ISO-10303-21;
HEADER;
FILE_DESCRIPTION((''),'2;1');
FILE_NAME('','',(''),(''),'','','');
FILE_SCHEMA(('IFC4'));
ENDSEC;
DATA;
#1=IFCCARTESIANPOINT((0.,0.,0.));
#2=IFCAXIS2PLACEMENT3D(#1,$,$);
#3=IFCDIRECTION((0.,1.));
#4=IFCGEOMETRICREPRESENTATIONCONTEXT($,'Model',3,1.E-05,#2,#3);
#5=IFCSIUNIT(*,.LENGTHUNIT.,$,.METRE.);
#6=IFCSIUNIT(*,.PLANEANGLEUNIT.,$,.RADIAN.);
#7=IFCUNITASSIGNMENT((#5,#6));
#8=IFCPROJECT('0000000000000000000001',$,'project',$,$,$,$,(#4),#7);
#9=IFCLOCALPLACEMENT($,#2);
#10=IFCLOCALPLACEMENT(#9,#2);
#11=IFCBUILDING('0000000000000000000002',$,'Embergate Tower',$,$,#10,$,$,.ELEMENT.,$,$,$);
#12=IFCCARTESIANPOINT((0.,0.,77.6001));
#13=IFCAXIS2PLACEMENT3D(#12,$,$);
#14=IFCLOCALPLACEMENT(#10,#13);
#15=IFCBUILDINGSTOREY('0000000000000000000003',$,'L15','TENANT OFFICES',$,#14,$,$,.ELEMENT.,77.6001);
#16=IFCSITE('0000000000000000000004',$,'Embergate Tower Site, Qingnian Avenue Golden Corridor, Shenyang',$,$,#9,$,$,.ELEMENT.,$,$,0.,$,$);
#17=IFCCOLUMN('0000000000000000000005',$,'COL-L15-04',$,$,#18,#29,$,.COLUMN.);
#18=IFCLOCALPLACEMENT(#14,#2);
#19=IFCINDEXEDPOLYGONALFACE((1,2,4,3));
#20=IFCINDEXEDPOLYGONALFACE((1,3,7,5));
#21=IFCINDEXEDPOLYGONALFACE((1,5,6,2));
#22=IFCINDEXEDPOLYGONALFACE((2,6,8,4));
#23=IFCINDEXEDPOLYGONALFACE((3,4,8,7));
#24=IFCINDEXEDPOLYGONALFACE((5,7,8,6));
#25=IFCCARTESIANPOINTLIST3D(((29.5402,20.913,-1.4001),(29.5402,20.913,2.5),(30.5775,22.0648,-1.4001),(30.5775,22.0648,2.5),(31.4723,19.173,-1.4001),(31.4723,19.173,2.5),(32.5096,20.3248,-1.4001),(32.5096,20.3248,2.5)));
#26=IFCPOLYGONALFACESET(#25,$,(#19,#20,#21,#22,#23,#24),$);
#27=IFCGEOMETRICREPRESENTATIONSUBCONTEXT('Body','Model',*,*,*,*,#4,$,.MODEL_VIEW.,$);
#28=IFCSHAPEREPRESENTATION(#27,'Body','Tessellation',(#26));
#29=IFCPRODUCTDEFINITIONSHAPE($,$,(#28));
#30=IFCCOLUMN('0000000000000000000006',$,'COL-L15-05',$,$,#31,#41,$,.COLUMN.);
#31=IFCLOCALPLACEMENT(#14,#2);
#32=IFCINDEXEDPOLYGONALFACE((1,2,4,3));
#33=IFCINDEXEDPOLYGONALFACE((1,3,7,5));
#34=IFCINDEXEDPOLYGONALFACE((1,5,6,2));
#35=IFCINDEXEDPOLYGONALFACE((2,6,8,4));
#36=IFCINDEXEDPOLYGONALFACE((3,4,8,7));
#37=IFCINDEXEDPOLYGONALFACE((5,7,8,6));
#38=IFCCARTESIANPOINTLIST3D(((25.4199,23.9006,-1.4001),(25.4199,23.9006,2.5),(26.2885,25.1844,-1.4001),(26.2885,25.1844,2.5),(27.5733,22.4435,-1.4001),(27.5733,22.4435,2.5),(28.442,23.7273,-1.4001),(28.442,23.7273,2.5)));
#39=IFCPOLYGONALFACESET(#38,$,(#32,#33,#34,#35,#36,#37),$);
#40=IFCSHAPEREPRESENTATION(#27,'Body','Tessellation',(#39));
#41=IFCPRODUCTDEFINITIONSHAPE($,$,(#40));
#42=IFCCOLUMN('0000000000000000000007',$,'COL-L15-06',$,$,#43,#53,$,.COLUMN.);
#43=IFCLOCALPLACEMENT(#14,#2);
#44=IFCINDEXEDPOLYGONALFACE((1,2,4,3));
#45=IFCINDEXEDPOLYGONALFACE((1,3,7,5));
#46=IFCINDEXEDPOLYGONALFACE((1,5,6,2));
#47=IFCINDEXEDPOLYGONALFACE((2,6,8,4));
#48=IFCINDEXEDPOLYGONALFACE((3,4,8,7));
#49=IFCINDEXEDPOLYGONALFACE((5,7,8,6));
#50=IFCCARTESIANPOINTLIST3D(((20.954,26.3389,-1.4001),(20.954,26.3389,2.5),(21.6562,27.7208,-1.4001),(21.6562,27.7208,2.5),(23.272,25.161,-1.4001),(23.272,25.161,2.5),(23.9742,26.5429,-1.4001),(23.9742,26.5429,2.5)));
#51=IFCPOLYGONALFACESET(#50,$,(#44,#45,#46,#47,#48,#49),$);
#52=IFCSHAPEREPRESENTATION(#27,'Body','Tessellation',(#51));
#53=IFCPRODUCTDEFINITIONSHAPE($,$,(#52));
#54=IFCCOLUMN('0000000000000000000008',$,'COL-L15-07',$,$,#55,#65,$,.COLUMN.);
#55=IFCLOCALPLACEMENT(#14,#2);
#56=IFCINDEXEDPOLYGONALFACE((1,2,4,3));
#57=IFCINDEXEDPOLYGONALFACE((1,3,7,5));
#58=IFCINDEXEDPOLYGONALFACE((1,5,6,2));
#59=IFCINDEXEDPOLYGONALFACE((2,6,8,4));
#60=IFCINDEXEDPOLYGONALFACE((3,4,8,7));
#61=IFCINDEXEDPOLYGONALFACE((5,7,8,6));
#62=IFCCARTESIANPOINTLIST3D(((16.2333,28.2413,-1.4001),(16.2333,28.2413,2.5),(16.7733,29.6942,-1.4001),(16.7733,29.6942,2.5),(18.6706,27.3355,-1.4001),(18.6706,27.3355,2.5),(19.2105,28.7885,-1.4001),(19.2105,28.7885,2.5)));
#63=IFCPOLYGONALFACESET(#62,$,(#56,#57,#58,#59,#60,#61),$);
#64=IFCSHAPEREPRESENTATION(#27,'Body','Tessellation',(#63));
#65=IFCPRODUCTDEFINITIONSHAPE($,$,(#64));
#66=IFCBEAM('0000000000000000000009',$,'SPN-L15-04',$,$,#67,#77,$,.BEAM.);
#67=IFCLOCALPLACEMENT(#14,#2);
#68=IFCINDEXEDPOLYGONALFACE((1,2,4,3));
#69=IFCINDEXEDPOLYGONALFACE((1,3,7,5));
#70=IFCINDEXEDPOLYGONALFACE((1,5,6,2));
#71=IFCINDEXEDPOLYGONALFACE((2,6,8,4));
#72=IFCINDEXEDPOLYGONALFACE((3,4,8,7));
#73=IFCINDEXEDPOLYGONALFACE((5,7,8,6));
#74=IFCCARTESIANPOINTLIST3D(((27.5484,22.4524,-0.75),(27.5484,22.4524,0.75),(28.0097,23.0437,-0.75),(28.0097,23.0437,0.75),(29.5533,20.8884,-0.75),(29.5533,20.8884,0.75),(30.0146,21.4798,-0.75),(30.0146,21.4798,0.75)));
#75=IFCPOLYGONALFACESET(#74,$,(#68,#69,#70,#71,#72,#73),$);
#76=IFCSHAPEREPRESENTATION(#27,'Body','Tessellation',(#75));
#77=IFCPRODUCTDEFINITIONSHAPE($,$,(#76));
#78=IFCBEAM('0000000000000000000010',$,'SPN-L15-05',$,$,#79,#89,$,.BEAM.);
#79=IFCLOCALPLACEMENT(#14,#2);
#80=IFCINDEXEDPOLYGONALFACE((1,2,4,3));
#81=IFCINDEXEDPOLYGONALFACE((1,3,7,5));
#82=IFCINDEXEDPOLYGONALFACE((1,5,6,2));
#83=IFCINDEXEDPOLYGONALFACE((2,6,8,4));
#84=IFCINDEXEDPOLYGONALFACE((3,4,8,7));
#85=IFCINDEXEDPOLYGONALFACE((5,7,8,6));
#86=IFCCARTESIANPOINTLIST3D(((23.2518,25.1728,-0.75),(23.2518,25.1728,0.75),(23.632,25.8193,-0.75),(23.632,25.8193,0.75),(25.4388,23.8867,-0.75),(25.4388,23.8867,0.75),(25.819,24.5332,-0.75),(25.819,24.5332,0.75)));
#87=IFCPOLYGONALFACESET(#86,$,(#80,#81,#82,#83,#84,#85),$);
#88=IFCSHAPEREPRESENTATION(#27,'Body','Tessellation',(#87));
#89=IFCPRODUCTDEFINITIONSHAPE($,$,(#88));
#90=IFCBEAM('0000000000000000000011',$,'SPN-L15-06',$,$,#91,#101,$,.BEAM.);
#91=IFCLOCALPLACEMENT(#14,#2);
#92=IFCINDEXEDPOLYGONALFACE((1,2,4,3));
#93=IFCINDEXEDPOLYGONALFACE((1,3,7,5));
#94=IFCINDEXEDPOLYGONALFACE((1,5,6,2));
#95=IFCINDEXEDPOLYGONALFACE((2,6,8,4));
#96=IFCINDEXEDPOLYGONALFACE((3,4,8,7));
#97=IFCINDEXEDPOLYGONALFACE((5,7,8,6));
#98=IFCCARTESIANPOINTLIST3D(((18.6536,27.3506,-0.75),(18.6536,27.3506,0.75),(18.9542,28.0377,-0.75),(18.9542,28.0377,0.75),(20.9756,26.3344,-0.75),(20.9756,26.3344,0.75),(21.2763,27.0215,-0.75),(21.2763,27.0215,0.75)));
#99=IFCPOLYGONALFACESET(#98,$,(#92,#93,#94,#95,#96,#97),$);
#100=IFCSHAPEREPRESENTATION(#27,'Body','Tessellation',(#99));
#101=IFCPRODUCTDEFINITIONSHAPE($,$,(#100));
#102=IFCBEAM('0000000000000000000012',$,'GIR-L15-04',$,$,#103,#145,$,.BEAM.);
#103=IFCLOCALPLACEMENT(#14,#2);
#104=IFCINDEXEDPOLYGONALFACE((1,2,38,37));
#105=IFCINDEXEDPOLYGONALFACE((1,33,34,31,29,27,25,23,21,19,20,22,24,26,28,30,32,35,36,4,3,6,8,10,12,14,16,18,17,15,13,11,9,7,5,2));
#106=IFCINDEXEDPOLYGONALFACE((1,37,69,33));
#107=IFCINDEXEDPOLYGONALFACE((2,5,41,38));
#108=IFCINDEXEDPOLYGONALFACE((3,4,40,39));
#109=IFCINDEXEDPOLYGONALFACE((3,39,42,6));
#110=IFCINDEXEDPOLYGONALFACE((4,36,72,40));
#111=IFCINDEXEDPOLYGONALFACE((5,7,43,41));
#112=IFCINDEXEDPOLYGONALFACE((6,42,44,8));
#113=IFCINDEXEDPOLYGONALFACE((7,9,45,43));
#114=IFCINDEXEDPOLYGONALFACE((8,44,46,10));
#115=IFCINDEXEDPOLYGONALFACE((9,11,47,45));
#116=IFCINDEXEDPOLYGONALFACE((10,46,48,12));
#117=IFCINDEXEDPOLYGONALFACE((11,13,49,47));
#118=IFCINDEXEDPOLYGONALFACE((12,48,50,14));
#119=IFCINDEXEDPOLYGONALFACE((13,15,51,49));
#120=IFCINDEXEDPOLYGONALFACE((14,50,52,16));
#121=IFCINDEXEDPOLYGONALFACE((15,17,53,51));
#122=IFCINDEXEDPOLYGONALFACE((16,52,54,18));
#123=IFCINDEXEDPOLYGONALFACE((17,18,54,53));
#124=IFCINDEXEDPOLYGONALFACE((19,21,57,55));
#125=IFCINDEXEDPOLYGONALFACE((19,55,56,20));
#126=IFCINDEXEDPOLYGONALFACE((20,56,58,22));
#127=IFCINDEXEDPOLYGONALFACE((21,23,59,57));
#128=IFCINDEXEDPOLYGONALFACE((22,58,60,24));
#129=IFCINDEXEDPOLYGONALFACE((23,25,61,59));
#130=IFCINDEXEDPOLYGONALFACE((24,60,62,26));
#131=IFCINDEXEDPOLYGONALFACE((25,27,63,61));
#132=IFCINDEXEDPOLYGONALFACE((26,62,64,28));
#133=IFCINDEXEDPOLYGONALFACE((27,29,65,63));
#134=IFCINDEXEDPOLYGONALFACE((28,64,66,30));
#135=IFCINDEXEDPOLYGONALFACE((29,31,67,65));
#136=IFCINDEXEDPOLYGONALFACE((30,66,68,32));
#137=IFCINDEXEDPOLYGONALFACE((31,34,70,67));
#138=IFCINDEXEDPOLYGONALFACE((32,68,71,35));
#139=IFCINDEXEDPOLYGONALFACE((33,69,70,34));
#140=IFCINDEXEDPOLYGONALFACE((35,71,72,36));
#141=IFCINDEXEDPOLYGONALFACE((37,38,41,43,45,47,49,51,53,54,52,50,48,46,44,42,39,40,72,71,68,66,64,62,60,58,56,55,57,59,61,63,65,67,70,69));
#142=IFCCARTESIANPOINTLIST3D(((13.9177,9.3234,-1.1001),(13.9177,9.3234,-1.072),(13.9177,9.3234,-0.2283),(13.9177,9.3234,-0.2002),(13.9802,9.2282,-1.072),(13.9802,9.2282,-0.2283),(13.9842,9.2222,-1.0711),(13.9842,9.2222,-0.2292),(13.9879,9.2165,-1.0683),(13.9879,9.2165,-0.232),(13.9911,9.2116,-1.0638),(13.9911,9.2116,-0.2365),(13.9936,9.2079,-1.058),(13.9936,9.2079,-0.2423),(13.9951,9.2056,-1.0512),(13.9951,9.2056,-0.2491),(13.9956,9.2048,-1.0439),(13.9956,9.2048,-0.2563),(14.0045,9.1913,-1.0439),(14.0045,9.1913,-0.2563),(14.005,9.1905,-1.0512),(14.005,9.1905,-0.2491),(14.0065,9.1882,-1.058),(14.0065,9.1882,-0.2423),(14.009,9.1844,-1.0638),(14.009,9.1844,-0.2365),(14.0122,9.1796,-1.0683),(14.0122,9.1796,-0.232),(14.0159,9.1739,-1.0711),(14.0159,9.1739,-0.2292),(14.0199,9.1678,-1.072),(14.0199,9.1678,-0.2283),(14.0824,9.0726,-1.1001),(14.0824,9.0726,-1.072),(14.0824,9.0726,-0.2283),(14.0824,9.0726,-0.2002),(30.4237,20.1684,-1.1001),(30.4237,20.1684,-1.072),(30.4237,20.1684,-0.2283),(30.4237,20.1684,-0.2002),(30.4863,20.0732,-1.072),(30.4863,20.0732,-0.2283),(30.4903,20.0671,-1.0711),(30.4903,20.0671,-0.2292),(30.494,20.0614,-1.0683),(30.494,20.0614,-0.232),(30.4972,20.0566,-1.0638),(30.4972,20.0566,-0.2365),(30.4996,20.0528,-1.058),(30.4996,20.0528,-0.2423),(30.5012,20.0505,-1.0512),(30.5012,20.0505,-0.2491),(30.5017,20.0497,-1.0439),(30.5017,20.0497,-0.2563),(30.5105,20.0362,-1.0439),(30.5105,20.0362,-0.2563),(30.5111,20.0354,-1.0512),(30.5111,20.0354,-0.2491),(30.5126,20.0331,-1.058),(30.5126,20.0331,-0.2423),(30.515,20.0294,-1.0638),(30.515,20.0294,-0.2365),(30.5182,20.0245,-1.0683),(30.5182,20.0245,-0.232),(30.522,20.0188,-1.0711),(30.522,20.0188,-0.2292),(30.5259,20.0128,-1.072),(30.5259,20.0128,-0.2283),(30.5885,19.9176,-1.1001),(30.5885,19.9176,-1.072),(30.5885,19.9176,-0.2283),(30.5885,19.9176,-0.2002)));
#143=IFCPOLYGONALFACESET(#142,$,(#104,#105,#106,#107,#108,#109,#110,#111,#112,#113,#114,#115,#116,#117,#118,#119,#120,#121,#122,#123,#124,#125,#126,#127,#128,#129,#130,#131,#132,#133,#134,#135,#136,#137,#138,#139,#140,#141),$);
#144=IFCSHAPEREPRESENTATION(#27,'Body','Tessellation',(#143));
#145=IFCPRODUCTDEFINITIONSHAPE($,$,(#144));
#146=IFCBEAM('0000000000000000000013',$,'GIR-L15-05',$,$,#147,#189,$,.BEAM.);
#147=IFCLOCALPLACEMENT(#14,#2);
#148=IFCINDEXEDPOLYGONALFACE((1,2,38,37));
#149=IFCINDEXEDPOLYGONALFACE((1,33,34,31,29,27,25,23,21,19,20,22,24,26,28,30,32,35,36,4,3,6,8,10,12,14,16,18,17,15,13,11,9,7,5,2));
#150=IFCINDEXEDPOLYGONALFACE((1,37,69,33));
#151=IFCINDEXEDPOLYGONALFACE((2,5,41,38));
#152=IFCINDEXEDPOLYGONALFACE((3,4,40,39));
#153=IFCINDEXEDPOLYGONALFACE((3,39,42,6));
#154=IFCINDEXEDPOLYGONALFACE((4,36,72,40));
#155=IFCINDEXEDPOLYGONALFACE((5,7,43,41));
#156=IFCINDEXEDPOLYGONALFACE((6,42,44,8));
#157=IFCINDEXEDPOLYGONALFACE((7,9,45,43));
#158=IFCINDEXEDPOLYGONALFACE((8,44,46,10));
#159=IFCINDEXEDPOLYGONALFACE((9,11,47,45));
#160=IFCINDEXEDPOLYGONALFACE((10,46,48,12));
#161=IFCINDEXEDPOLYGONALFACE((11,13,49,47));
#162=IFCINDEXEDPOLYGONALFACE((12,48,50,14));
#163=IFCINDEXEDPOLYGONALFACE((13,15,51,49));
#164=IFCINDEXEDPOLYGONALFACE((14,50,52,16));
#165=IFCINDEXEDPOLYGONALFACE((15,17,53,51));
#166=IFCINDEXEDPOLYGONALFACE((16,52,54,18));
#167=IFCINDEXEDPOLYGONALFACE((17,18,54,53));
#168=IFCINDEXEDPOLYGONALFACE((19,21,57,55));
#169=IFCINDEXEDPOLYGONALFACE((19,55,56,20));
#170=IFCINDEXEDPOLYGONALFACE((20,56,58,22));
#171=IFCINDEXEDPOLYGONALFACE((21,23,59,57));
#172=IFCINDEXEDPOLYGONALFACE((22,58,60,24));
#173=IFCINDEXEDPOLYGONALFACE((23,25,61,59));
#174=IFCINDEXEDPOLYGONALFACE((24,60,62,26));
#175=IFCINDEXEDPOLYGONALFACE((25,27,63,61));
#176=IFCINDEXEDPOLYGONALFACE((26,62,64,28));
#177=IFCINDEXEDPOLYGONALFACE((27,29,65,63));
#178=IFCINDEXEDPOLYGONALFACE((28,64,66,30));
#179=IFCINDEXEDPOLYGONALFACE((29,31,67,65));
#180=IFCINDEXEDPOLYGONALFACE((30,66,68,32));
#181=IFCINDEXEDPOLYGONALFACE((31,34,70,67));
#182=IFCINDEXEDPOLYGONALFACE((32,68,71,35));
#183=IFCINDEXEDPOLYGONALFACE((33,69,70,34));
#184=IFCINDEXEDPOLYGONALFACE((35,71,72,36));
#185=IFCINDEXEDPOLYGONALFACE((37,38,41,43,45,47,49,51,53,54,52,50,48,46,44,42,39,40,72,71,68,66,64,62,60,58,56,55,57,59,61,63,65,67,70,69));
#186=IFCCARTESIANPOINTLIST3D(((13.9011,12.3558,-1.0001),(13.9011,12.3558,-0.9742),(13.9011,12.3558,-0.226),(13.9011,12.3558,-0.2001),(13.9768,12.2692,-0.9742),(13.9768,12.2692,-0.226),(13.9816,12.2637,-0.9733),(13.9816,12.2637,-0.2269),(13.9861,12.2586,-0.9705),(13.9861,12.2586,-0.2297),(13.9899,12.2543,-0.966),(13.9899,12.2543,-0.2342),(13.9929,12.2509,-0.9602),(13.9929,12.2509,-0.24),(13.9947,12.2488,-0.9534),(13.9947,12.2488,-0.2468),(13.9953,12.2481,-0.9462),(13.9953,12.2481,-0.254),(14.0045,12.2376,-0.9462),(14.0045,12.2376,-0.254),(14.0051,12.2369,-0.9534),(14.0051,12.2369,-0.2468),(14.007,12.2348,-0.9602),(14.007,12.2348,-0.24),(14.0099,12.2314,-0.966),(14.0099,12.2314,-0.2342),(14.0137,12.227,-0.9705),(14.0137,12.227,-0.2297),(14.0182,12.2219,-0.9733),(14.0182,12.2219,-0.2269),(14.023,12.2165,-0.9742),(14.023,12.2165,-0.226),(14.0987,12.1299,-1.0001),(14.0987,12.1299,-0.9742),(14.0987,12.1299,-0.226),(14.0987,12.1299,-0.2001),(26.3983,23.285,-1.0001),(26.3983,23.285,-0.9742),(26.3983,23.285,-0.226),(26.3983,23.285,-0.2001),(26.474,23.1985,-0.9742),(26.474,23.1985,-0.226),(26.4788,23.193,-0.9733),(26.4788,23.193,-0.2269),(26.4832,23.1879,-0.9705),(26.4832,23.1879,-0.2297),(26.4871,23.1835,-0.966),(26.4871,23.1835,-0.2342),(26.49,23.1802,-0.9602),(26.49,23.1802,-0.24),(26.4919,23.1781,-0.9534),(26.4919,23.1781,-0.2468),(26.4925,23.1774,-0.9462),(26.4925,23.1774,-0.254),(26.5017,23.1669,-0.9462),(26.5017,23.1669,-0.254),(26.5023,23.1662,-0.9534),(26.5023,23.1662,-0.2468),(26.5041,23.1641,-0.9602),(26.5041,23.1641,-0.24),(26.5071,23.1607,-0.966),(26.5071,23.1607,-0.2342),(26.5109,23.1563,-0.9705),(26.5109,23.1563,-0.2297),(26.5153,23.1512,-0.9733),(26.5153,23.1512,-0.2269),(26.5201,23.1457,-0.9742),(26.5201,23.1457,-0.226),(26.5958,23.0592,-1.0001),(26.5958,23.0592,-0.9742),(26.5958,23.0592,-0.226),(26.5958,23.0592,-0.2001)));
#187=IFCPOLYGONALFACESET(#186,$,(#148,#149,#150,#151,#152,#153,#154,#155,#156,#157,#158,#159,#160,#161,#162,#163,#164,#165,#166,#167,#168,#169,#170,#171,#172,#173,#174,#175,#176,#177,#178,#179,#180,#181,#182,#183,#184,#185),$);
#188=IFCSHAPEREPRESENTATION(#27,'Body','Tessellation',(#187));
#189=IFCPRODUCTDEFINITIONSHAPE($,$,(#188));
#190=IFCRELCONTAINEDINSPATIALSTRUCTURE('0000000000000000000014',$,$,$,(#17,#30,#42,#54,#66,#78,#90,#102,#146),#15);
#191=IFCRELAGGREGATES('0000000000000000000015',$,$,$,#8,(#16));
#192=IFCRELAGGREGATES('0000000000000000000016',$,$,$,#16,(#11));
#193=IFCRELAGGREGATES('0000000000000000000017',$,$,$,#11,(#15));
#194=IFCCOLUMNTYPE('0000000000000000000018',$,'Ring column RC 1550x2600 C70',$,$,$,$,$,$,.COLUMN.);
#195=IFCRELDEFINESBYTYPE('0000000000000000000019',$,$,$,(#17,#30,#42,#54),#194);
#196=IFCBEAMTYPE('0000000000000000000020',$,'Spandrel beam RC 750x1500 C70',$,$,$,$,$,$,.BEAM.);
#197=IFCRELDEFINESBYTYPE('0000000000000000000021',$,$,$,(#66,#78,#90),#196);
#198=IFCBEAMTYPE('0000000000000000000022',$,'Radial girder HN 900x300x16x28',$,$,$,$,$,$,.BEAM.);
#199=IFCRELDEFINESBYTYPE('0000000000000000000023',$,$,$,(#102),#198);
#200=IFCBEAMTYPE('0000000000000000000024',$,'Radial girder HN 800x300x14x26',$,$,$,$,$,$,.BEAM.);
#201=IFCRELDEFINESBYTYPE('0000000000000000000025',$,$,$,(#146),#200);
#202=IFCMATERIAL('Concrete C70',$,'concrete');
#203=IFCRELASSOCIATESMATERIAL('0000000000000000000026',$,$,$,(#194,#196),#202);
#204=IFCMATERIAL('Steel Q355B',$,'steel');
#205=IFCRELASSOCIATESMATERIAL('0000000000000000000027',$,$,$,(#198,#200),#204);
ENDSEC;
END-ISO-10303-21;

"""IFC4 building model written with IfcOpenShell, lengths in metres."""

from ifc_helpers import new_model, si_unit, direction, frame, origin, origin_2d, place, context, subcontext, project, spatial, rectangle, i_section, extrude, source, transform, mapped, material, material_profile, profile_set, type_object, element, save


model = new_model("IFC4")

# Units and contexts
model_context = context("Model", 3, precision=1e-05, world=origin(), true_north=direction((0.0, 1.0)))
body_context = subcontext(model_context, "Body", "Model", "MODEL_VIEW")
ifc_project = project(units=[si_unit("LENGTHUNIT", "METRE"), si_unit("PLANEANGLEUNIT", "RADIAN")], contexts=[model_context])

# Site, building, storey
site_placement = place(None, origin())
site = spatial("IfcSite", under=ifc_project, at=site_placement, Name="Embergate Tower Site, Qingnian Avenue Golden Corridor, Shenyang", CompositionType="ELEMENT", RefElevation=0.0)
building_placement = place(site_placement, origin())
building = spatial("IfcBuilding", under=site, at=building_placement, Name="Embergate Tower", CompositionType="ELEMENT")
storey_placement = place(building_placement, frame((0.0, 0.0, 77.6001)))
storey = spatial("IfcBuildingStorey", under=building, at=storey_placement, Name="L15", Description="TENANT OFFICES", CompositionType="ELEMENT", Elevation=77.6001)

# Columns
ifc_material_1 = material(Name="Concrete C70", Category="concrete")
ifc_material_profile_1 = material_profile(ifc_material_1, rectangle(XDim=1.55, YDim=2.6001, at=origin_2d()), Name="RC 1550x2600")
ifc_profile_set_1 = profile_set([ifc_material_profile_1], Name="Concrete C70")
column_type = type_object("IfcColumnType", Name="Ring column RC 1550x2600 C70", PredefinedType="COLUMN", material=ifc_profile_set_1)
shared_shape_1 = source(origin(), body_context, "Body", "SweptSolid", [
    extrude(rectangle(XDim=1.55, YDim=2.6001, at=origin_2d()), origin(), (0.0, 0.0, 1.0), 3.9001),
])
for number, where, z_axis, x_axis, name in (
    (1, (31.0249, 20.6189, -1.4001), (0.0, 0.0, 1.0), (0.669208, 0.743075, 0.0), "COL-L15-04"),
    (2, (26.9309, 23.814, -1.4001), (0.0, 0.0, 1.0), (0.560393, 0.828227, 0.0), "COL-L15-05"),
    (3, (22.4641, 26.4409, -1.4001), (0.0, 0.0, 1.0), (0.453011, 0.891505, 0.0), "COL-L15-06"),
    (4, (17.7219, 28.5149, -1.4001), (0.0, 0.0, 1.0), (0.348343, 0.937367, 0.0), "COL-L15-07"),
):
    element("IfcColumn", number, at=place(storey_placement, frame(where, z_axis=z_axis, x_axis=x_axis)), inside=storey, type_object=column_type, Name=name, PredefinedType="COLUMN", context=body_context, shape_type="MappedRepresentation", body=[
        mapped(shared_shape_1, transform((0.0, 0.0, 0.0))),
    ])

# Beams
ifc_material_profile_2 = material_profile(ifc_material_1, rectangle(XDim=0.75, YDim=1.5, at=origin_2d()), Name="RC 750x1500")
ifc_profile_set_2 = profile_set([ifc_material_profile_2], Name="Concrete C70")
beam_type_1 = type_object("IfcBeamType", Name="Spandrel beam RC 750x1500 C70", PredefinedType="BEAM", material=ifc_profile_set_2)
shared_shape_2 = source(origin(), body_context, "Body", "SweptSolid", [
    extrude(rectangle(XDim=0.75, YDim=1.5, at=origin_2d()), origin(), (0.0, 0.0, 1.0), 2.5427),
])
beam_1_placement = place(storey_placement, frame((29.7839, 21.1841, 0.0), z_axis=(-0.788473, 0.61507, 0.0), x_axis=(-0.61507, -0.788473, 0.0)))
element("IfcBeam", 5, at=beam_1_placement, inside=storey, type_object=beam_type_1, Name="SPN-L15-04", PredefinedType="BEAM", context=body_context, shape_type="MappedRepresentation", body=[
    mapped(shared_shape_2, transform((0.0, 0.0, 0.0))),
])
shared_shape_3 = source(origin(), body_context, "Body", "SweptSolid", [
    extrude(rectangle(XDim=0.75, YDim=1.5, at=origin_2d()), origin(), (0.0, 0.0, 1.0), 2.5371),
])
beam_2_placement = place(storey_placement, frame((25.6289, 24.21, 0.0), z_axis=(-0.861994, 0.506919, 0.0), x_axis=(-0.506919, -0.861994, 0.0)))
element("IfcBeam", 6, at=beam_2_placement, inside=storey, type_object=beam_type_1, Name="SPN-L15-05", PredefinedType="BEAM", context=body_context, shape_type="MappedRepresentation", body=[
    mapped(shared_shape_3, transform((0.0, 0.0, 0.0))),
])
shared_shape_4 = source(origin(), body_context, "Body", "SweptSolid", [
    extrude(rectangle(XDim=0.75, YDim=1.5, at=origin_2d()), origin(), (0.0, 0.0, 1.0), 2.5347),
])
beam_3_placement = place(storey_placement, frame((21.126, 26.678, 0.0), z_axis=(-0.916124, 0.400895, 0.0), x_axis=(-0.400895, -0.916124, 0.0)))
element("IfcBeam", 7, at=beam_3_placement, inside=storey, type_object=beam_type_1, Name="SPN-L15-06", PredefinedType="BEAM", context=body_context, shape_type="MappedRepresentation", body=[
    mapped(shared_shape_4, transform((0.0, 0.0, 0.0))),
])
ifc_material_2 = material(Name="Steel Q355B", Category="steel")
ifc_material_profile_3 = material_profile(ifc_material_2, i_section(OverallWidth=0.3, OverallDepth=0.8999, WebThickness=0.0161, FlangeThickness=0.0281, FilletRadius=0.0281, at=origin_2d()), Name="HN 900x300x16x28")
ifc_profile_set_3 = profile_set([ifc_material_profile_3], Name="Steel Q355 grade B")
beam_type_2 = type_object("IfcBeamType", Name="Radial girder HN 900x300x16x28", PredefinedType="BEAM", material=ifc_profile_set_3)
shared_shape_5 = source(origin(), body_context, "Body", "SweptSolid", [
    extrude(i_section(OverallWidth=0.3, OverallDepth=0.8999, WebThickness=0.0161, FlangeThickness=0.0281, FilletRadius=0.0281, at=origin_2d()), origin(), (0.0, 0.0, 1.0), 19.75),
])
beam_4_placement = place(storey_placement, frame((30.5061, 20.043, -0.6501), z_axis=(-0.83575, -0.549111, 0.0), x_axis=(0.549111, -0.83575, 0.0)))
element("IfcBeam", 8, at=beam_4_placement, inside=storey, type_object=beam_type_2, Name="GIR-L15-04", PredefinedType="BEAM", context=body_context, shape_type="MappedRepresentation", body=[
    mapped(shared_shape_5, transform((0.0, 0.0, 0.0))),
])
ifc_material_profile_4 = material_profile(ifc_material_2, i_section(OverallWidth=0.3, OverallDepth=0.8, WebThickness=0.0139, FlangeThickness=0.0259, FilletRadius=0.0281, at=origin_2d()), Name="HN 800x300x14x26")
ifc_profile_set_4 = profile_set([ifc_material_profile_4], Name="Steel Q355 grade B")
beam_type_3 = type_object("IfcBeamType", Name="Radial girder HN 800x300x14x26", PredefinedType="BEAM", material=ifc_profile_set_4)
shared_shape_6 = source(origin(), body_context, "Body", "SweptSolid", [
    extrude(i_section(OverallWidth=0.3, OverallDepth=0.8, WebThickness=0.0139, FlangeThickness=0.0259, FilletRadius=0.0281, at=origin_2d()), origin(), (0.0, 0.0, 1.0), 16.6021),
])
beam_5_placement = place(storey_placement, frame((26.4971, 23.1721, -0.6001), z_axis=(-0.752748, -0.658309, 0.0), x_axis=(0.658309, -0.752748, 0.0)))
element("IfcBeam", 9, at=beam_5_placement, inside=storey, type_object=beam_type_3, Name="GIR-L15-05", PredefinedType="BEAM", context=body_context, shape_type="MappedRepresentation", body=[
    mapped(shared_shape_6, transform((0.0, 0.0, 0.0))),
])

save(model, "model.ifc")
